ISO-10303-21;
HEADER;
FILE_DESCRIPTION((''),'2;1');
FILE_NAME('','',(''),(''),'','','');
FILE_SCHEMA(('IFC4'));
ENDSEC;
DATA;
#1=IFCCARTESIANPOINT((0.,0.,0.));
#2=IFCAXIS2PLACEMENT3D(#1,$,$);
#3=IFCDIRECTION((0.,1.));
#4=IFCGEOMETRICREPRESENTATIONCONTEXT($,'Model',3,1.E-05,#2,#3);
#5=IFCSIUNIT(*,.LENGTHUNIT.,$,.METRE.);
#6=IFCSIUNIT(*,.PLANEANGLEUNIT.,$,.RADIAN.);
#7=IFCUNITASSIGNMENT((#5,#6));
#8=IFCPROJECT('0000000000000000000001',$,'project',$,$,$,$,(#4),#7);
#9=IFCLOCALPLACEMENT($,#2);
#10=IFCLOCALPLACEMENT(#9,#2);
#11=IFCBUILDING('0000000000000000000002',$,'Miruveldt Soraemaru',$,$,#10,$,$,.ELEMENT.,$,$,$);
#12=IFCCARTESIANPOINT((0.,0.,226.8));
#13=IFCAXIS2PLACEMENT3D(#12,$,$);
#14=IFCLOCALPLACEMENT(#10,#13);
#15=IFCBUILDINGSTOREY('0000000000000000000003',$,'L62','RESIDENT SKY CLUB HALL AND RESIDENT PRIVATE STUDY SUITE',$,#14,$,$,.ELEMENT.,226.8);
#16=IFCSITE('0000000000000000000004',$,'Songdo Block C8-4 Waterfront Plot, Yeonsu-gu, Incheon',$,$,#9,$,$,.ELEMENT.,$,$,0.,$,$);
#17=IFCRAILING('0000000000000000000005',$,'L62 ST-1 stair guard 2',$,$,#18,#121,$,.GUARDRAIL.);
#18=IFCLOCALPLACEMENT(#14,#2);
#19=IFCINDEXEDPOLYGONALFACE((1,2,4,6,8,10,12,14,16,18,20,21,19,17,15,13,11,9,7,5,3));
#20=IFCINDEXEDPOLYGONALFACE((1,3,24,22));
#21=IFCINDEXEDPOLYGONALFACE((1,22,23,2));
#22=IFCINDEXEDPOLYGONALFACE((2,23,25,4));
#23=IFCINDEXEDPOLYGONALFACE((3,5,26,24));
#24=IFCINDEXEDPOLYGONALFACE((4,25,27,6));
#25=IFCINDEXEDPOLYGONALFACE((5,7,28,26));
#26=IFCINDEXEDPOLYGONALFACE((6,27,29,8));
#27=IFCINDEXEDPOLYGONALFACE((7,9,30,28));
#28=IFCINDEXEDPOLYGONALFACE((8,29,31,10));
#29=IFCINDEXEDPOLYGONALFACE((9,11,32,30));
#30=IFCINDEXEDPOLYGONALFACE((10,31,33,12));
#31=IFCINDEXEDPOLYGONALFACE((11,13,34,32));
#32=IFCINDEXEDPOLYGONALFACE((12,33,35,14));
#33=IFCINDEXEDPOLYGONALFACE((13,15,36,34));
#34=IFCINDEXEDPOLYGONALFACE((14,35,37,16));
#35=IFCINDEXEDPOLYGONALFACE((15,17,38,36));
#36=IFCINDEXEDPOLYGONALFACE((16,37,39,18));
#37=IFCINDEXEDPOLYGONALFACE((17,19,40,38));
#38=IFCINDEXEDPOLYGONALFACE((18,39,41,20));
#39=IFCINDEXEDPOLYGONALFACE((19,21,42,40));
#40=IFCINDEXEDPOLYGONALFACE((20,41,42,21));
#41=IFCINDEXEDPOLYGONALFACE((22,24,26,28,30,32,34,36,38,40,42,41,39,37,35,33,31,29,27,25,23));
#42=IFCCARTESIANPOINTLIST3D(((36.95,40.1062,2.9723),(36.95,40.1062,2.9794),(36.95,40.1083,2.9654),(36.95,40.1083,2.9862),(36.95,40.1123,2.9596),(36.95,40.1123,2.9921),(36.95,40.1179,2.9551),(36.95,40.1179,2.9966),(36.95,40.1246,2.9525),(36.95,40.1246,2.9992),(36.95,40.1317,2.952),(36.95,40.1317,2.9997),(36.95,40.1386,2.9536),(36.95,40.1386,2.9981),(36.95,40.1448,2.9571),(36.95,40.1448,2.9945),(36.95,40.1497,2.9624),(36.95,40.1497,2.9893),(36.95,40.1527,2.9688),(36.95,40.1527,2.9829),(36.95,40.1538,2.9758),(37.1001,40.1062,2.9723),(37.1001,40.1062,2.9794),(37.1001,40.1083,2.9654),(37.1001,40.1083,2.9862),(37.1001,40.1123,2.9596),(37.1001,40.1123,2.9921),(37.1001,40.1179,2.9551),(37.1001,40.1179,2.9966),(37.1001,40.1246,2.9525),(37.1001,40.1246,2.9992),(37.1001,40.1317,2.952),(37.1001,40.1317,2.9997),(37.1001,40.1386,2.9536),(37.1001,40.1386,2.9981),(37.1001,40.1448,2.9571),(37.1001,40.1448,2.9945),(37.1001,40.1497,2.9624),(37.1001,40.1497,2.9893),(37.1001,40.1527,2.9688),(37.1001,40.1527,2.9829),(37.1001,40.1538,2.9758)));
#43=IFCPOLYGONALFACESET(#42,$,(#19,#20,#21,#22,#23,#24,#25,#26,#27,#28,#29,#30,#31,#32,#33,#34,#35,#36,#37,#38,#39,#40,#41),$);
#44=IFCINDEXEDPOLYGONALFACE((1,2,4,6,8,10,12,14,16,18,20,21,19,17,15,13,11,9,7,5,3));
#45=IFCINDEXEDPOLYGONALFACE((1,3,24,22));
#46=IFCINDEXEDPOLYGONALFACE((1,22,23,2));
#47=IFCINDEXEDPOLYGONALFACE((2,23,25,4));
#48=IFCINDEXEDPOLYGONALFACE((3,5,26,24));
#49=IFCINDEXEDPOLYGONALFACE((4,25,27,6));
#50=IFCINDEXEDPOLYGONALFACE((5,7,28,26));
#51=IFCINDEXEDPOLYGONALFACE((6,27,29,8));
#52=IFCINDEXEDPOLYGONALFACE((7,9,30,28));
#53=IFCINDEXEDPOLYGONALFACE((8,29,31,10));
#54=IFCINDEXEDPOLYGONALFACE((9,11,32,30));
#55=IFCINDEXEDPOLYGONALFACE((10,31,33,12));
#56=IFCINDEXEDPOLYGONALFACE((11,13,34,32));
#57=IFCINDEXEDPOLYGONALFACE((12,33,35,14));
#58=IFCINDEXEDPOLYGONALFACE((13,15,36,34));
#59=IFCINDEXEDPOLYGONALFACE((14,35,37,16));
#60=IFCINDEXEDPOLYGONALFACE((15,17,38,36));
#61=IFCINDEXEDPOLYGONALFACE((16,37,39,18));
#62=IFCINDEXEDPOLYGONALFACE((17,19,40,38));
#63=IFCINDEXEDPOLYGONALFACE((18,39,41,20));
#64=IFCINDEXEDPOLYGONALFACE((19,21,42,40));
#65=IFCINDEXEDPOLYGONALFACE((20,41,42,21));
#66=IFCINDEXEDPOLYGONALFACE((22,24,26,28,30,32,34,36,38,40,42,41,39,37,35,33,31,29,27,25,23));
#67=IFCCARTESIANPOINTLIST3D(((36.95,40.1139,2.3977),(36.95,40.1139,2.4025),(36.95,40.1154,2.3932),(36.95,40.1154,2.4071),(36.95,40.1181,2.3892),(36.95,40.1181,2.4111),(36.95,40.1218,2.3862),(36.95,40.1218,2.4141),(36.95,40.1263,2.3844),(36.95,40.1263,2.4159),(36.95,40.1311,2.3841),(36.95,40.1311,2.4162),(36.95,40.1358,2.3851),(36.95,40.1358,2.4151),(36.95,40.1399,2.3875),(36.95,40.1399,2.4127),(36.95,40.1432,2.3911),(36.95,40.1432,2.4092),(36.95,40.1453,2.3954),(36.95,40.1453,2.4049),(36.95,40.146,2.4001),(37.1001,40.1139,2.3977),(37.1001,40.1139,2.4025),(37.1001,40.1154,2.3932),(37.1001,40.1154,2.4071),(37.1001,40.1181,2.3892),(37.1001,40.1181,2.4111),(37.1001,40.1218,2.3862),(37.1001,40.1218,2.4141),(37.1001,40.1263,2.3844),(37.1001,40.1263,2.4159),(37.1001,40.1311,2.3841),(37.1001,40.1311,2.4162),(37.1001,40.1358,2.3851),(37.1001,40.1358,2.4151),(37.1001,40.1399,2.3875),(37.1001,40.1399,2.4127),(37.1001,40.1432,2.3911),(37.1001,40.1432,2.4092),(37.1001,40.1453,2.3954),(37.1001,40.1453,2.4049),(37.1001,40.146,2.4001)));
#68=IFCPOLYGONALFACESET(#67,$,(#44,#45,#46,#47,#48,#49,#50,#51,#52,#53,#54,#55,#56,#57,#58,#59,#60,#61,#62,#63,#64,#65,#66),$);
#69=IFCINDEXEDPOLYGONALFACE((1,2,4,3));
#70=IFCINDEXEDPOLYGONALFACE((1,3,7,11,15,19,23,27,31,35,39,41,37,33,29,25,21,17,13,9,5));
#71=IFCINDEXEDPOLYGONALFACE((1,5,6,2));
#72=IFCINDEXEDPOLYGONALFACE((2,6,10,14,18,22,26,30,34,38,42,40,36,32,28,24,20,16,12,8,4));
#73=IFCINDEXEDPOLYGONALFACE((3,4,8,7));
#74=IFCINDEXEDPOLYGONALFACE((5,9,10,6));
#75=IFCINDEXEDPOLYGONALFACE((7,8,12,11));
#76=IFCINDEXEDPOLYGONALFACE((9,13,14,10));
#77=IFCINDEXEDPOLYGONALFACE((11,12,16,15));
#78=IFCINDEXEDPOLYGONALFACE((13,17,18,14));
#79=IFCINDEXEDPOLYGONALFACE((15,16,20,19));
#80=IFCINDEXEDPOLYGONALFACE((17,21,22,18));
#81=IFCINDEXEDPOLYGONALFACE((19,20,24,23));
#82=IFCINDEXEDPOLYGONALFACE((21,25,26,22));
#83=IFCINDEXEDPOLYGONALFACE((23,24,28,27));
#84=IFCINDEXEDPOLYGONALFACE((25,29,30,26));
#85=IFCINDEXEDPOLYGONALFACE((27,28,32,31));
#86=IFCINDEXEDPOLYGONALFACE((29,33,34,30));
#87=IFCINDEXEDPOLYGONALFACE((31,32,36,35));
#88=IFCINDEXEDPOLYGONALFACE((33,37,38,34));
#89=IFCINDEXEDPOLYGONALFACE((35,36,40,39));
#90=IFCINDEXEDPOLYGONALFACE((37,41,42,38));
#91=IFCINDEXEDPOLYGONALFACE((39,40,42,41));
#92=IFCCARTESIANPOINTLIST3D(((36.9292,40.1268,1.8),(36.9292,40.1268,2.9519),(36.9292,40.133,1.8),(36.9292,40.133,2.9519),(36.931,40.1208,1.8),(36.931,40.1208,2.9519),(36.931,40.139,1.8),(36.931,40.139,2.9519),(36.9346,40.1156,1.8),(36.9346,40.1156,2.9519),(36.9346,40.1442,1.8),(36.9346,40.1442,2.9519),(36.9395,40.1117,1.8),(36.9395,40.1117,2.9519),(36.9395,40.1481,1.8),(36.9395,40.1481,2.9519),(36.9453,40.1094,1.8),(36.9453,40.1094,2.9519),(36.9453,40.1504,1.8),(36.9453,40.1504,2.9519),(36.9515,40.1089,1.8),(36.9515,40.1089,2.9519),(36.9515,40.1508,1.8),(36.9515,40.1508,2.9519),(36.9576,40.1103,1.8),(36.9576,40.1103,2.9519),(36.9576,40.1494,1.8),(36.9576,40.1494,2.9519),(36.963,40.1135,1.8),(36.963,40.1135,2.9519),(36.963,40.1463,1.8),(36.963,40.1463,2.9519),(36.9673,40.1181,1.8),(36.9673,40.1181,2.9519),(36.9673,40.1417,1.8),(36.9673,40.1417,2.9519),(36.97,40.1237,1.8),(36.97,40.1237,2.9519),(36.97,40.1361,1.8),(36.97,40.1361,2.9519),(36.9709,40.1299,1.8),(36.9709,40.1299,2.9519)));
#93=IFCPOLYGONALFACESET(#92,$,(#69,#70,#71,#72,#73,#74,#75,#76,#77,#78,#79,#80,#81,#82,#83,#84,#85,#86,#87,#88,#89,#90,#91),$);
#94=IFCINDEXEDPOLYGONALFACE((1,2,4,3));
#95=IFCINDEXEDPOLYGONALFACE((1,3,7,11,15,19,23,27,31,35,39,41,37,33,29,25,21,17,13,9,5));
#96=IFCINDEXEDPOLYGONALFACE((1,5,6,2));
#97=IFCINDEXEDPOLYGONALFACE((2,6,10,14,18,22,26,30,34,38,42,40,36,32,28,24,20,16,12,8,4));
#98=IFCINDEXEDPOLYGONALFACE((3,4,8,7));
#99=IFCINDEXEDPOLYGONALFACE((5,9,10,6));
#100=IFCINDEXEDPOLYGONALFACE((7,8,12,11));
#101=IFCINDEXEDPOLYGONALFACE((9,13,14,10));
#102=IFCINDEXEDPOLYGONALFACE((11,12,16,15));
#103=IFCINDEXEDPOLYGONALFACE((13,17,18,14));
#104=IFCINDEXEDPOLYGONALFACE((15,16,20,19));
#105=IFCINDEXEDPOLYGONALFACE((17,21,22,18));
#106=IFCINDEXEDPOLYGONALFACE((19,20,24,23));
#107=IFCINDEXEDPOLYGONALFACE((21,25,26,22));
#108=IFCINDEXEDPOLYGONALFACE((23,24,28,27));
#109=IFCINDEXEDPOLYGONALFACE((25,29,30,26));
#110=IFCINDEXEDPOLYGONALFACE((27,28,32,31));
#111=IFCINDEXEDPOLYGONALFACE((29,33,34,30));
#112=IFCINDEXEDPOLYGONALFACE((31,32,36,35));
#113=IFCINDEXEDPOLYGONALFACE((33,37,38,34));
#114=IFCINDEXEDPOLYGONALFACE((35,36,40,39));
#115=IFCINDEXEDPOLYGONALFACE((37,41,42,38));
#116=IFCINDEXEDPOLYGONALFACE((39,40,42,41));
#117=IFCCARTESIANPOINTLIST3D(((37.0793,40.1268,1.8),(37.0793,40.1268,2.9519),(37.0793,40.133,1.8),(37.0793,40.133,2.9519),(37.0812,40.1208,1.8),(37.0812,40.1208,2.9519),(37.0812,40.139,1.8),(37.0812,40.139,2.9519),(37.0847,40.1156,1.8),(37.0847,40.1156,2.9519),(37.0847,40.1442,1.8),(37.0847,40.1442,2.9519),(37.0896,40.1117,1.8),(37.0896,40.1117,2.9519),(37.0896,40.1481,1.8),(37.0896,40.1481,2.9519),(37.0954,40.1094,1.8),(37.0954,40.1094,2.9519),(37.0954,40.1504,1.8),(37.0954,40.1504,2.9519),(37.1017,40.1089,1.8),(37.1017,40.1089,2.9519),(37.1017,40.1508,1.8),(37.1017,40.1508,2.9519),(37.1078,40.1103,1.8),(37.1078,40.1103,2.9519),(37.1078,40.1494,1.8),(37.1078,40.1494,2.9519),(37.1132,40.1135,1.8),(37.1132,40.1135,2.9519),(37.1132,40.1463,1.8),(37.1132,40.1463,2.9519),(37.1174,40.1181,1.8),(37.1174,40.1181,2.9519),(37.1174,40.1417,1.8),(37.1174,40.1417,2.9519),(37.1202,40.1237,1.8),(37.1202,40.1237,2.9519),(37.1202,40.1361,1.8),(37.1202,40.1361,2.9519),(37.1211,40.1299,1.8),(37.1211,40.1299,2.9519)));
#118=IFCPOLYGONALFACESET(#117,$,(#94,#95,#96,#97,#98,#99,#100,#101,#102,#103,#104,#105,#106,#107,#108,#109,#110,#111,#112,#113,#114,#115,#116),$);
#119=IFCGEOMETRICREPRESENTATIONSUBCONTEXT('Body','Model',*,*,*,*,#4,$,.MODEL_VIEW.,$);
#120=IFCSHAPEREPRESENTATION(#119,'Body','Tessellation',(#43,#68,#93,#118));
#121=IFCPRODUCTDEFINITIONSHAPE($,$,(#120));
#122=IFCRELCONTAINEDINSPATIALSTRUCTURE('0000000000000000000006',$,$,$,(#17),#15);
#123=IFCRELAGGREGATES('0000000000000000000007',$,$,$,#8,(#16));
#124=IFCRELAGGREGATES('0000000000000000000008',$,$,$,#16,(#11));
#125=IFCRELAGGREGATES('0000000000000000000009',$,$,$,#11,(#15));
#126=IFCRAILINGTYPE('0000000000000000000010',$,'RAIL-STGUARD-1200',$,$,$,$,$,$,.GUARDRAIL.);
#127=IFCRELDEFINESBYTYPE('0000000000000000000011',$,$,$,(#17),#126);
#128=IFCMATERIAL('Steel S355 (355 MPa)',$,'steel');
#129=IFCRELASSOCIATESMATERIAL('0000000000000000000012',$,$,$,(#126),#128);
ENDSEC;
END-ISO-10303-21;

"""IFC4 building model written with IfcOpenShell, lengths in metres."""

from ifc_helpers import new_model, si_unit, direction, frame, origin, origin_2d, place, context, subcontext, project, spatial, circle, extrude, material, type_object, element, save


model = new_model("IFC4")

# Units and contexts
model_context = context("Model", 3, precision=1e-05, world=origin(), true_north=direction((0.0, 1.0)))
body_context = subcontext(model_context, "Body", "Model", "MODEL_VIEW")
ifc_project = project(units=[si_unit("LENGTHUNIT", "METRE"), si_unit("PLANEANGLEUNIT", "RADIAN")], contexts=[model_context])

# Site, building, storey
site_placement = place(None, origin())
site = spatial("IfcSite", under=ifc_project, at=site_placement, Name="Songdo Block C8-4 Waterfront Plot, Yeonsu-gu, Incheon", CompositionType="ELEMENT", RefElevation=0.0)
building_placement = place(site_placement, origin())
building = spatial("IfcBuilding", under=site, at=building_placement, Name="Miruveldt Soraemaru", CompositionType="ELEMENT")
storey_placement = place(building_placement, frame((0.0, 0.0, 226.8)))
storey = spatial("IfcBuildingStorey", under=building, at=storey_placement, Name="L62", Description="RESIDENT SKY CLUB HALL AND RESIDENT PRIVATE STUDY SUITE", CompositionType="ELEMENT", Elevation=226.8)

# Railing
ifc_material_1 = material(Name="Steel S355 (355 MPa)", Category="steel")
railing_type_1 = type_object("IfcRailingType", Name="RAIL-STGUARD-1200", PredefinedType="GUARDRAIL", material=ifc_material_1)
railing_1_placement = place(storey_placement, frame((36.95, 40.1299, 1.8)))
element("IfcRailing", 1, at=railing_1_placement, inside=storey, type_object=railing_type_1, Name="L62 ST-1 stair guard 2", PredefinedType="GUARDRAIL", context=body_context, shape_type="SweptSolid", body=[
    extrude(circle(Radius=0.0239, at=origin_2d()), frame((0.0, 0.0, 1.1758), z_axis=(1.0, 0.0, 0.0), x_axis=(0.0, 1.0, 0.0)), (0.0, 0.0, 1.0), 0.1501),
    extrude(circle(Radius=0.0161, at=origin_2d()), frame((0.0, 0.0, 0.6001), z_axis=(1.0, 0.0, 0.0), x_axis=(0.0, 1.0, 0.0)), (0.0, 0.0, 1.0), 0.1501),
    extrude(circle(Radius=0.021, at=origin_2d()), origin(), (0.0, 0.0, 1.0), 1.1519),
    extrude(circle(Radius=0.021, at=origin_2d()), frame((0.1501, 0.0, 0.0)), (0.0, 0.0, 1.0), 1.1519),
])

save(model, "model.ifc")
